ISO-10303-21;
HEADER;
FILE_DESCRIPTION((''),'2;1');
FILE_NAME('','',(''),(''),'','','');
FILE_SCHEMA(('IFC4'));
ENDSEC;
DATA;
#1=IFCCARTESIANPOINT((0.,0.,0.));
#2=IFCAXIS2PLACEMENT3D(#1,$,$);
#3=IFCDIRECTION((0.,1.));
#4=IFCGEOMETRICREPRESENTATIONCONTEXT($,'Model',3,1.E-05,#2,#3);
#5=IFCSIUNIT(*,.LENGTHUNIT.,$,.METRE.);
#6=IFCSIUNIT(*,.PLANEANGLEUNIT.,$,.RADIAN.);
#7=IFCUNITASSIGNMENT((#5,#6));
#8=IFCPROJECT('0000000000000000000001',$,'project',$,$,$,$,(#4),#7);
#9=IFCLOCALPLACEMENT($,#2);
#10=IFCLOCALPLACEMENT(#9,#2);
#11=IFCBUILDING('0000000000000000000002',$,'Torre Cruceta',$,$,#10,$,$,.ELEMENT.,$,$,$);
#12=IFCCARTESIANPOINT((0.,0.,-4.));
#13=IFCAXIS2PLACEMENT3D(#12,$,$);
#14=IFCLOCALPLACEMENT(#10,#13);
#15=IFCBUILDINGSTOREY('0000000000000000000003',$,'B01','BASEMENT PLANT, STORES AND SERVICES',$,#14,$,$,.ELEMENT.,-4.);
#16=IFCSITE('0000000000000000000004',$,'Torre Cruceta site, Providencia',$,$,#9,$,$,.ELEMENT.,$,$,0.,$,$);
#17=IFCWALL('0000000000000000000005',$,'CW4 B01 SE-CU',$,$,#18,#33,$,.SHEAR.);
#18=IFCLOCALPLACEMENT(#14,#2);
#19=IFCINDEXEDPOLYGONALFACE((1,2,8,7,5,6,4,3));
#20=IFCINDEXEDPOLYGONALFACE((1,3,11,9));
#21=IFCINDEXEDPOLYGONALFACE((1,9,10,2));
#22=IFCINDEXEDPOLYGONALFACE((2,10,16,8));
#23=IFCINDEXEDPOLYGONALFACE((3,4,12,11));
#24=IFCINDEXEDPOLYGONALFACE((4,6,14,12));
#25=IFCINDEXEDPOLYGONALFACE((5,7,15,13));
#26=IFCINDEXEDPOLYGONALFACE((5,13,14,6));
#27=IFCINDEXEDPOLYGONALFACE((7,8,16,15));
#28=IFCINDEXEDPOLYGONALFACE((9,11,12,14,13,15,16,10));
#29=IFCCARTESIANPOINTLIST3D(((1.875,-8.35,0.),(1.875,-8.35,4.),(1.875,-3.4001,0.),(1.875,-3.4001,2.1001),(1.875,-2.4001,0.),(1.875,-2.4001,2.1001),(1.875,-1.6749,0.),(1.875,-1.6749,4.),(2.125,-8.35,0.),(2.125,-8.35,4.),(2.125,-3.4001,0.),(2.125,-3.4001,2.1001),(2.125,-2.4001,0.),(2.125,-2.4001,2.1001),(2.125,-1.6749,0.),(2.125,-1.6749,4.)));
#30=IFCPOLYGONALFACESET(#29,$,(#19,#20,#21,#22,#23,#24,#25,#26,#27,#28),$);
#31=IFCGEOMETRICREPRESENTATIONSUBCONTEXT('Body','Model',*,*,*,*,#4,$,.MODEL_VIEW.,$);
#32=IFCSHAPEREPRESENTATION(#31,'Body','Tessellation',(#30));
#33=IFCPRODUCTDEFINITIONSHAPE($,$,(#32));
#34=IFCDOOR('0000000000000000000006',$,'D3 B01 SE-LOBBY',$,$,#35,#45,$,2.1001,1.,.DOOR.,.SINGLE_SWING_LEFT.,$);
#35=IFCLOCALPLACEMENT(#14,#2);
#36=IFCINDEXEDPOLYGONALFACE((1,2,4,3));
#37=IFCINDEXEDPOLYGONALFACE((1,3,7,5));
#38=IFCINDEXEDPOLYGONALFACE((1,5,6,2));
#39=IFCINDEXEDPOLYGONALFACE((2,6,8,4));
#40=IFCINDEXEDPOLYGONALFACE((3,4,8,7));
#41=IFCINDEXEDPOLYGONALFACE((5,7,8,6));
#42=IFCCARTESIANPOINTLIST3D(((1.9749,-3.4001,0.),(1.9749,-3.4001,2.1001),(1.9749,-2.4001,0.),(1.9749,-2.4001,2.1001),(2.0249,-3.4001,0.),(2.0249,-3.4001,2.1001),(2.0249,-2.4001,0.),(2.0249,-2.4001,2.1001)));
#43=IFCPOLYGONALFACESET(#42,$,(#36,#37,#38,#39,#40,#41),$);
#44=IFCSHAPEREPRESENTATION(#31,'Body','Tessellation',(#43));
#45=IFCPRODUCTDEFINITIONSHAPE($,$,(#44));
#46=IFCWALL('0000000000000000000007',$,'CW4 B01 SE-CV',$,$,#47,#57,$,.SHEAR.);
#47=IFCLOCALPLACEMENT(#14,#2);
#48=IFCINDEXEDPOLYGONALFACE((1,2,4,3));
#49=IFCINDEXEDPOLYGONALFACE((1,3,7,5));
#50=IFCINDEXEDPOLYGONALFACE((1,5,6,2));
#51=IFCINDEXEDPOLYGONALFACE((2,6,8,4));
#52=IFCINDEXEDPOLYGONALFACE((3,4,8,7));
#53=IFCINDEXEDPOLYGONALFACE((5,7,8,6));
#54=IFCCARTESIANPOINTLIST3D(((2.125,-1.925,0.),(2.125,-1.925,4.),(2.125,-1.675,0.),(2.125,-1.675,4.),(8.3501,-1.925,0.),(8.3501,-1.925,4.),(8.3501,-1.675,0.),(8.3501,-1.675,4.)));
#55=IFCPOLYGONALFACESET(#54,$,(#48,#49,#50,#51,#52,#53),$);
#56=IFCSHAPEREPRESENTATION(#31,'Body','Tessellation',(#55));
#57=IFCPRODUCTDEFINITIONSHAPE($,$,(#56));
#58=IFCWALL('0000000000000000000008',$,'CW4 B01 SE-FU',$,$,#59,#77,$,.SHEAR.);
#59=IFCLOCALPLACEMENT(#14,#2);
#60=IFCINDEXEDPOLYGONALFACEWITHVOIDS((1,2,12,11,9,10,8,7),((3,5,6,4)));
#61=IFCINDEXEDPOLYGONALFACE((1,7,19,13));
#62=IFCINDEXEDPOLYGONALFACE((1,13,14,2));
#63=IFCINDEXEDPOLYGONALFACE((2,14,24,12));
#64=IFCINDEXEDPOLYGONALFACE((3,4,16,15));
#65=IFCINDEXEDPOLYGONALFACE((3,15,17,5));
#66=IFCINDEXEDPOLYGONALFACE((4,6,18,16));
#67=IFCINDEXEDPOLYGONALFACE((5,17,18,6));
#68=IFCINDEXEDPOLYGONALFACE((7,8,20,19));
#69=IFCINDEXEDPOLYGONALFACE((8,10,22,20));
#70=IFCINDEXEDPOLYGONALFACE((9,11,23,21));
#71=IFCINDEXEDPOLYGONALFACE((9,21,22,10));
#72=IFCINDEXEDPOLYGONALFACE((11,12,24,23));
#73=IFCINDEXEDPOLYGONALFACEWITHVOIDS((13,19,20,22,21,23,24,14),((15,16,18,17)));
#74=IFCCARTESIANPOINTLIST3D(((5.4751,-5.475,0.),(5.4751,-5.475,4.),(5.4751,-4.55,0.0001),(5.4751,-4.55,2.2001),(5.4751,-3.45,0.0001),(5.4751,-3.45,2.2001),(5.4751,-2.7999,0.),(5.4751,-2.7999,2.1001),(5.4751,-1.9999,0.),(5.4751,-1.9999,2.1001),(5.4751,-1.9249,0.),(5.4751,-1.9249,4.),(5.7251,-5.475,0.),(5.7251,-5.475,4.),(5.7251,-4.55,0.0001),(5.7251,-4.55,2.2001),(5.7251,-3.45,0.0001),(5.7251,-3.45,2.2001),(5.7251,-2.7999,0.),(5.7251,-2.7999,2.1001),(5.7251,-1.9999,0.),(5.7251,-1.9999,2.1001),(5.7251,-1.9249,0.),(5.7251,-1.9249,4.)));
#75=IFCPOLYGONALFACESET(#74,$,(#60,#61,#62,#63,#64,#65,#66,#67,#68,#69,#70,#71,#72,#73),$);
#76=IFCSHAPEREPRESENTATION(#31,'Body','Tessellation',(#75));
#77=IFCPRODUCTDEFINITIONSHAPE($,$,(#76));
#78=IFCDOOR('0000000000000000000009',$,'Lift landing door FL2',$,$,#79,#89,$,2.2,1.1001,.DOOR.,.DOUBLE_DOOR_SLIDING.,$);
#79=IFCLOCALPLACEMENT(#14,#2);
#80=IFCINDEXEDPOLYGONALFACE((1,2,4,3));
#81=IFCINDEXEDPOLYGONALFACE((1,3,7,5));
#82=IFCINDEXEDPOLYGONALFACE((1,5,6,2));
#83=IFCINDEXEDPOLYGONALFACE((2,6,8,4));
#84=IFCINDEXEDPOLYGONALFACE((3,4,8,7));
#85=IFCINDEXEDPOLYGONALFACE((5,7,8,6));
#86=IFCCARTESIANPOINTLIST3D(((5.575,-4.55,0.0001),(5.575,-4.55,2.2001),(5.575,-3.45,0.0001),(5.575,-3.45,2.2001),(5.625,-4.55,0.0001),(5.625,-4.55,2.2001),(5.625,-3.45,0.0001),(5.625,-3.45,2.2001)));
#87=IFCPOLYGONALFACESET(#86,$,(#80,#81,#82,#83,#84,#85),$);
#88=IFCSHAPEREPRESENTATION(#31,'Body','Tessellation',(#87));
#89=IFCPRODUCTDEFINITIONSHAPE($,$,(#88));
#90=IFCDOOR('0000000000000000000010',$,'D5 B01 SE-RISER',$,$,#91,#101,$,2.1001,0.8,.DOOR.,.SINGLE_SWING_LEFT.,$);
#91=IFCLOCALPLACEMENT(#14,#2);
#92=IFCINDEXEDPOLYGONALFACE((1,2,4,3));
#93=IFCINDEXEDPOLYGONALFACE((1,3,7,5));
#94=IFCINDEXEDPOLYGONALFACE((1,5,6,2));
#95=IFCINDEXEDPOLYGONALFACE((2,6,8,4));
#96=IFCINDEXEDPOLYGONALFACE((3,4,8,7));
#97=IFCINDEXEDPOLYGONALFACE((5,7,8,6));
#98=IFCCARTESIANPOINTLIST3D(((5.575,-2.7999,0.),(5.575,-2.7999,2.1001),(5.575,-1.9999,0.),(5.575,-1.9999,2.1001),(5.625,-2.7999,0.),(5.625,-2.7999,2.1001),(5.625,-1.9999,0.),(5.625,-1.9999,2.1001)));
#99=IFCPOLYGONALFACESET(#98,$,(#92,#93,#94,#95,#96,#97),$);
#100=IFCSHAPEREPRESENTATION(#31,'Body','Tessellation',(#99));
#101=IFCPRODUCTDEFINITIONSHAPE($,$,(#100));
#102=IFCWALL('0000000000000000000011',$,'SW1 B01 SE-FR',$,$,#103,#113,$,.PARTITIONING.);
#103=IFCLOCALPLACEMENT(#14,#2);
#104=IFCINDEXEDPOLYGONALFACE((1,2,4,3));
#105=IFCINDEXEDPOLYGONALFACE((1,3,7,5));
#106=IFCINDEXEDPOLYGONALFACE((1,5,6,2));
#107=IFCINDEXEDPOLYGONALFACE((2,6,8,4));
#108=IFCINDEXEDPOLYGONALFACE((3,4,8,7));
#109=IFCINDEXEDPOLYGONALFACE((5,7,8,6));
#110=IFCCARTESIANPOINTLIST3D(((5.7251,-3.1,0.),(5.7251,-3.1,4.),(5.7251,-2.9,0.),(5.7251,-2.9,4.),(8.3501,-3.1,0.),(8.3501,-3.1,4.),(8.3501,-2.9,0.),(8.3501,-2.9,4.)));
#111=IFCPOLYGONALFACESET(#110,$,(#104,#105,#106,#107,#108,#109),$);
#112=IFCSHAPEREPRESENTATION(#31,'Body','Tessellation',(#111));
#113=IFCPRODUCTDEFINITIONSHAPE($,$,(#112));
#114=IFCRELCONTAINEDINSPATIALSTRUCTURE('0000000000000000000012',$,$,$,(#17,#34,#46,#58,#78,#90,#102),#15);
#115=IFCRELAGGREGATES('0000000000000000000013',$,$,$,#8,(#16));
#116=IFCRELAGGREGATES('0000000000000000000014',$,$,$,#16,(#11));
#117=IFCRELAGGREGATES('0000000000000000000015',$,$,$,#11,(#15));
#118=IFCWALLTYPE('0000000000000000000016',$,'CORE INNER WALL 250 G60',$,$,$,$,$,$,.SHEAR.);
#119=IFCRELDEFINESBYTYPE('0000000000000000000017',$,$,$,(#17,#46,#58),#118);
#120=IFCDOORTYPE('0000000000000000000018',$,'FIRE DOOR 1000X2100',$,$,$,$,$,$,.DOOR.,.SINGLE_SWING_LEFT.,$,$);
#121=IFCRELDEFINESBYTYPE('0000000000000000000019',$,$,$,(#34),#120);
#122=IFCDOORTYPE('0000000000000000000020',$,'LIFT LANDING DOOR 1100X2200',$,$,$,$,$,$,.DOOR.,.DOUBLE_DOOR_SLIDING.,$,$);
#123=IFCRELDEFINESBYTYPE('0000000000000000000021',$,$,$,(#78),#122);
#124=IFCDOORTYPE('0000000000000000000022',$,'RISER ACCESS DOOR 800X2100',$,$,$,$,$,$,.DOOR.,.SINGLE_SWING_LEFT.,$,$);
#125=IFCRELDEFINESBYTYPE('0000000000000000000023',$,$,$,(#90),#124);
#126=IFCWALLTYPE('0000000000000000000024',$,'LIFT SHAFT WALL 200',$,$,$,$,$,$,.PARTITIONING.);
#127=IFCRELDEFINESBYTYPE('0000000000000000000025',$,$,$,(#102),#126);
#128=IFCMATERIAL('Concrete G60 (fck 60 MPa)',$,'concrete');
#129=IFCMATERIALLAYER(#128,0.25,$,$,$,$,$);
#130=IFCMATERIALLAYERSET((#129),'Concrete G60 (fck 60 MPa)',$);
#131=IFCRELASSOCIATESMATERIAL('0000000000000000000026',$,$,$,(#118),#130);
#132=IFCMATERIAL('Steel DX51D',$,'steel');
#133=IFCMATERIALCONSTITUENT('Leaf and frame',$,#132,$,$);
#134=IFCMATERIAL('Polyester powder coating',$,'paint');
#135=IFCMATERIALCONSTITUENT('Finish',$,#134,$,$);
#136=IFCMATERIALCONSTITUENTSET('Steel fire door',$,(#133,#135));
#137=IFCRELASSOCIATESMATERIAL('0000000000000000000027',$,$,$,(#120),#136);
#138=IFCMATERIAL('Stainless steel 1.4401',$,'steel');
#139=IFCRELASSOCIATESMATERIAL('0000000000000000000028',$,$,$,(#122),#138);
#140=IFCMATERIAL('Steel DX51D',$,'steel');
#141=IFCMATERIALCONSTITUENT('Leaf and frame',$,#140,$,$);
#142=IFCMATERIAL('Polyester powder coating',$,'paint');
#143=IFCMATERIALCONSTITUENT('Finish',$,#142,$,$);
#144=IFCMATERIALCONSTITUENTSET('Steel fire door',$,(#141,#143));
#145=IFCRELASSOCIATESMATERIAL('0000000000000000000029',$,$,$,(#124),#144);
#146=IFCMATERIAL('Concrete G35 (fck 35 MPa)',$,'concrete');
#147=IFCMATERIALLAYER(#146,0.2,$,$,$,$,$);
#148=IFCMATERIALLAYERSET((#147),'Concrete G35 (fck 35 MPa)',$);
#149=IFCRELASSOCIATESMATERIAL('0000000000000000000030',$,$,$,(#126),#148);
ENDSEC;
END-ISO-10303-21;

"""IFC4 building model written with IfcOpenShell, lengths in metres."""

from ifc_helpers import new_model, si_unit, direction, frame, frame_2d, origin, place, context, subcontext, project, spatial, rectangle, extrude, material, layer, layer_set, constituent, constituent_set, type_object, element, fill, save


model = new_model("IFC4")

# Units and contexts
model_context = context("Model", 3, precision=1e-05, world=origin(), true_north=direction((0.0, 1.0)))
body_context = subcontext(model_context, "Body", "Model", "MODEL_VIEW")
ifc_project = project(units=[si_unit("LENGTHUNIT", "METRE"), si_unit("PLANEANGLEUNIT", "RADIAN")], contexts=[model_context])

# Site, building, storey
site_placement = place(None, origin())
site = spatial("IfcSite", under=ifc_project, at=site_placement, Name="Torre Cruceta site, Providencia", CompositionType="ELEMENT", RefElevation=0.0)
building_placement = place(site_placement, origin())
building = spatial("IfcBuilding", under=site, at=building_placement, Name="Torre Cruceta", CompositionType="ELEMENT")
storey_placement = place(building_placement, frame((0.0, 0.0, -4.0)))
storey = spatial("IfcBuildingStorey", under=building, at=storey_placement, Name="B01", Description="BASEMENT PLANT, STORES AND SERVICES", CompositionType="ELEMENT", Elevation=-4.0)

# Wall, opening, door
ifc_material_1 = material(Name="Concrete G60 (fck 60 MPa)", Category="concrete")
ifc_layer_1 = layer(ifc_material_1, 0.25)
ifc_layer_set_1 = layer_set([ifc_layer_1], Name="Concrete G60 (fck 60 MPa)")
wall_type_1 = type_object("IfcWallType", Name="CORE INNER WALL 250 G60", PredefinedType="SHEAR", material=ifc_layer_set_1)
wall_1_placement = place(storey_placement, frame((2.0, -1.675, 0.0), z_axis=(0.0, 0.0, 1.0), x_axis=(0.0, -1.0, 0.0)))
wall_1 = element("IfcWall", 1, at=wall_1_placement, inside=storey, type_object=wall_type_1, Name="CW4 B01 SE-CU", PredefinedType="SHEAR", context=body_context, shape_type="SweptSolid", body=[
    extrude(rectangle(XDim=6.675, YDim=0.25, at=frame_2d((3.3374, 0.0))), origin(), (0.0, 0.0, 1.0), 4.0),
])
opening_1_placement = place(wall_1_placement, frame((0.7251, 0.0, 0.0)))
opening_1 = element("IfcOpeningElement", 2, at=opening_1_placement, cuts=wall_1, PredefinedType="OPENING", context=body_context, shape_type="SweptSolid", body=[
    extrude(rectangle(XDim=1.0, YDim=2.1001, at=frame_2d((0.5, 1.05))), frame((0.0, 0.135, 0.0), z_axis=(0.0, -1.0, 0.0), x_axis=(1.0, 0.0, 0.0)), (0.0, 0.0, 1.0), 0.27),
])
ifc_material_2 = material(Name="Steel DX51D", Category="steel")
ifc_constituent_1 = constituent(ifc_material_2, Name="Leaf and frame")
ifc_material_3 = material(Name="Polyester powder coating", Category="paint")
ifc_constituent_2 = constituent(ifc_material_3, Name="Finish")
ifc_constituent_set_1 = constituent_set(constituents=[ifc_constituent_1, ifc_constituent_2], Name="Steel fire door")
door_type_1 = type_object("IfcDoorType", Name="FIRE DOOR 1000X2100", OperationType="SINGLE_SWING_LEFT", PredefinedType="DOOR", material=ifc_constituent_set_1)
door_1_placement = place(opening_1_placement, origin())
door_1 = element("IfcDoor", 3, at=door_1_placement, inside=storey, type_object=door_type_1, Name="D3 B01 SE-LOBBY", OperationType="SINGLE_SWING_LEFT", OverallHeight=2.1001, OverallWidth=1.0, PredefinedType="DOOR", context=body_context, shape_type="SweptSolid", body=[
    extrude(rectangle(XDim=1.0, YDim=2.1001, at=frame_2d((0.5, 1.05))), frame((0.0, 0.0249, 0.0), z_axis=(0.0, -1.0, 0.0), x_axis=(1.0, 0.0, 0.0)), (0.0, 0.0, 1.0), 0.05),
])
fill(opening_1, door_1)

# Wall
wall_2_placement = place(storey_placement, frame((2.125, -1.8, 0.0), z_axis=(0.0, 0.0, 1.0), x_axis=(1.0, 0.0, 0.0)))
element("IfcWall", 4, at=wall_2_placement, inside=storey, type_object=wall_type_1, Name="CW4 B01 SE-CV", PredefinedType="SHEAR", context=body_context, shape_type="SweptSolid", body=[
    extrude(rectangle(XDim=6.2251, YDim=0.25, at=frame_2d((3.1125, 0.0))), origin(), (0.0, 0.0, 1.0), 4.0),
])

# Wall, openings, doors
wall_3_placement = place(storey_placement, frame((5.6001, -1.925, 0.0), z_axis=(0.0, 0.0, 1.0), x_axis=(0.0, -1.0, 0.0)))
wall_3 = element("IfcWall", 5, at=wall_3_placement, inside=storey, type_object=wall_type_1, Name="CW4 B01 SE-FU", PredefinedType="SHEAR", context=body_context, shape_type="SweptSolid", body=[
    extrude(rectangle(XDim=3.55, YDim=0.25, at=frame_2d((1.7749, 0.0))), origin(), (0.0, 0.0, 1.0), 4.0),
])
opening_2_placement = place(wall_3_placement, frame((1.5249, 0.0, 0.0)))
opening_2 = element("IfcOpeningElement", 6, at=opening_2_placement, cuts=wall_3, PredefinedType="OPENING", context=body_context, shape_type="SweptSolid", body=[
    extrude(rectangle(XDim=1.1001, YDim=2.2, at=frame_2d((0.55, 1.1001))), frame((0.0, 0.135, 0.0), z_axis=(0.0, -1.0, 0.0), x_axis=(1.0, 0.0, 0.0)), (0.0, 0.0, 1.0), 0.27),
])
opening_3_placement = place(wall_3_placement, frame((0.075, 0.0, 0.0)))
opening_3 = element("IfcOpeningElement", 7, at=opening_3_placement, cuts=wall_3, PredefinedType="OPENING", context=body_context, shape_type="SweptSolid", body=[
    extrude(rectangle(XDim=0.8, YDim=2.1001, at=frame_2d((0.3999, 1.05))), frame((0.0, 0.135, 0.0), z_axis=(0.0, -1.0, 0.0), x_axis=(1.0, 0.0, 0.0)), (0.0, 0.0, 1.0), 0.27),
])
ifc_material_4 = material(Name="Stainless steel 1.4401", Category="steel")
door_type_2 = type_object("IfcDoorType", Name="LIFT LANDING DOOR 1100X2200", OperationType="DOUBLE_DOOR_SLIDING", PredefinedType="DOOR", material=ifc_material_4)
door_2_placement = place(opening_2_placement, origin())
door_2 = element("IfcDoor", 8, at=door_2_placement, inside=storey, type_object=door_type_2, Name="Lift landing door FL2", OperationType="DOUBLE_DOOR_SLIDING", OverallHeight=2.2, OverallWidth=1.1001, PredefinedType="DOOR", context=body_context, shape_type="SweptSolid", body=[
    extrude(rectangle(XDim=1.1001, YDim=2.2, at=frame_2d((0.55, 1.1001))), frame((0.0, 0.0249, 0.0), z_axis=(0.0, -1.0, 0.0), x_axis=(1.0, 0.0, 0.0)), (0.0, 0.0, 1.0), 0.05),
])
fill(opening_2, door_2)
ifc_material_5 = material(Name="Steel DX51D", Category="steel")
ifc_constituent_3 = constituent(ifc_material_5, Name="Leaf and frame")
ifc_material_6 = material(Name="Polyester powder coating", Category="paint")
ifc_constituent_4 = constituent(ifc_material_6, Name="Finish")
ifc_constituent_set_2 = constituent_set(constituents=[ifc_constituent_3, ifc_constituent_4], Name="Steel fire door")
door_type_3 = type_object("IfcDoorType", Name="RISER ACCESS DOOR 800X2100", OperationType="SINGLE_SWING_LEFT", PredefinedType="DOOR", material=ifc_constituent_set_2)
door_3_placement = place(opening_3_placement, origin())
door_3 = element("IfcDoor", 9, at=door_3_placement, inside=storey, type_object=door_type_3, Name="D5 B01 SE-RISER", OperationType="SINGLE_SWING_LEFT", OverallHeight=2.1001, OverallWidth=0.8, PredefinedType="DOOR", context=body_context, shape_type="SweptSolid", body=[
    extrude(rectangle(XDim=0.8, YDim=2.1001, at=frame_2d((0.3999, 1.05))), frame((0.0, 0.0249, 0.0), z_axis=(0.0, -1.0, 0.0), x_axis=(1.0, 0.0, 0.0)), (0.0, 0.0, 1.0), 0.05),
])
fill(opening_3, door_3)

# Wall
ifc_material_7 = material(Name="Concrete G35 (fck 35 MPa)", Category="concrete")
ifc_layer_2 = layer(ifc_material_7, 0.2)
ifc_layer_set_2 = layer_set([ifc_layer_2], Name="Concrete G35 (fck 35 MPa)")
wall_type_2 = type_object("IfcWallType", Name="LIFT SHAFT WALL 200", PredefinedType="PARTITIONING", material=ifc_layer_set_2)
wall_4_placement = place(storey_placement, frame((5.7251, -3.0, 0.0), z_axis=(0.0, 0.0, 1.0), x_axis=(1.0, 0.0, 0.0)))
element("IfcWall", 10, at=wall_4_placement, inside=storey, type_object=wall_type_2, Name="SW1 B01 SE-FR", PredefinedType="PARTITIONING", context=body_context, shape_type="SweptSolid", body=[
    extrude(rectangle(XDim=2.625, YDim=0.2, at=frame_2d((1.3125, 0.0))), origin(), (0.0, 0.0, 1.0), 4.0),
])

save(model, "model.ifc")
